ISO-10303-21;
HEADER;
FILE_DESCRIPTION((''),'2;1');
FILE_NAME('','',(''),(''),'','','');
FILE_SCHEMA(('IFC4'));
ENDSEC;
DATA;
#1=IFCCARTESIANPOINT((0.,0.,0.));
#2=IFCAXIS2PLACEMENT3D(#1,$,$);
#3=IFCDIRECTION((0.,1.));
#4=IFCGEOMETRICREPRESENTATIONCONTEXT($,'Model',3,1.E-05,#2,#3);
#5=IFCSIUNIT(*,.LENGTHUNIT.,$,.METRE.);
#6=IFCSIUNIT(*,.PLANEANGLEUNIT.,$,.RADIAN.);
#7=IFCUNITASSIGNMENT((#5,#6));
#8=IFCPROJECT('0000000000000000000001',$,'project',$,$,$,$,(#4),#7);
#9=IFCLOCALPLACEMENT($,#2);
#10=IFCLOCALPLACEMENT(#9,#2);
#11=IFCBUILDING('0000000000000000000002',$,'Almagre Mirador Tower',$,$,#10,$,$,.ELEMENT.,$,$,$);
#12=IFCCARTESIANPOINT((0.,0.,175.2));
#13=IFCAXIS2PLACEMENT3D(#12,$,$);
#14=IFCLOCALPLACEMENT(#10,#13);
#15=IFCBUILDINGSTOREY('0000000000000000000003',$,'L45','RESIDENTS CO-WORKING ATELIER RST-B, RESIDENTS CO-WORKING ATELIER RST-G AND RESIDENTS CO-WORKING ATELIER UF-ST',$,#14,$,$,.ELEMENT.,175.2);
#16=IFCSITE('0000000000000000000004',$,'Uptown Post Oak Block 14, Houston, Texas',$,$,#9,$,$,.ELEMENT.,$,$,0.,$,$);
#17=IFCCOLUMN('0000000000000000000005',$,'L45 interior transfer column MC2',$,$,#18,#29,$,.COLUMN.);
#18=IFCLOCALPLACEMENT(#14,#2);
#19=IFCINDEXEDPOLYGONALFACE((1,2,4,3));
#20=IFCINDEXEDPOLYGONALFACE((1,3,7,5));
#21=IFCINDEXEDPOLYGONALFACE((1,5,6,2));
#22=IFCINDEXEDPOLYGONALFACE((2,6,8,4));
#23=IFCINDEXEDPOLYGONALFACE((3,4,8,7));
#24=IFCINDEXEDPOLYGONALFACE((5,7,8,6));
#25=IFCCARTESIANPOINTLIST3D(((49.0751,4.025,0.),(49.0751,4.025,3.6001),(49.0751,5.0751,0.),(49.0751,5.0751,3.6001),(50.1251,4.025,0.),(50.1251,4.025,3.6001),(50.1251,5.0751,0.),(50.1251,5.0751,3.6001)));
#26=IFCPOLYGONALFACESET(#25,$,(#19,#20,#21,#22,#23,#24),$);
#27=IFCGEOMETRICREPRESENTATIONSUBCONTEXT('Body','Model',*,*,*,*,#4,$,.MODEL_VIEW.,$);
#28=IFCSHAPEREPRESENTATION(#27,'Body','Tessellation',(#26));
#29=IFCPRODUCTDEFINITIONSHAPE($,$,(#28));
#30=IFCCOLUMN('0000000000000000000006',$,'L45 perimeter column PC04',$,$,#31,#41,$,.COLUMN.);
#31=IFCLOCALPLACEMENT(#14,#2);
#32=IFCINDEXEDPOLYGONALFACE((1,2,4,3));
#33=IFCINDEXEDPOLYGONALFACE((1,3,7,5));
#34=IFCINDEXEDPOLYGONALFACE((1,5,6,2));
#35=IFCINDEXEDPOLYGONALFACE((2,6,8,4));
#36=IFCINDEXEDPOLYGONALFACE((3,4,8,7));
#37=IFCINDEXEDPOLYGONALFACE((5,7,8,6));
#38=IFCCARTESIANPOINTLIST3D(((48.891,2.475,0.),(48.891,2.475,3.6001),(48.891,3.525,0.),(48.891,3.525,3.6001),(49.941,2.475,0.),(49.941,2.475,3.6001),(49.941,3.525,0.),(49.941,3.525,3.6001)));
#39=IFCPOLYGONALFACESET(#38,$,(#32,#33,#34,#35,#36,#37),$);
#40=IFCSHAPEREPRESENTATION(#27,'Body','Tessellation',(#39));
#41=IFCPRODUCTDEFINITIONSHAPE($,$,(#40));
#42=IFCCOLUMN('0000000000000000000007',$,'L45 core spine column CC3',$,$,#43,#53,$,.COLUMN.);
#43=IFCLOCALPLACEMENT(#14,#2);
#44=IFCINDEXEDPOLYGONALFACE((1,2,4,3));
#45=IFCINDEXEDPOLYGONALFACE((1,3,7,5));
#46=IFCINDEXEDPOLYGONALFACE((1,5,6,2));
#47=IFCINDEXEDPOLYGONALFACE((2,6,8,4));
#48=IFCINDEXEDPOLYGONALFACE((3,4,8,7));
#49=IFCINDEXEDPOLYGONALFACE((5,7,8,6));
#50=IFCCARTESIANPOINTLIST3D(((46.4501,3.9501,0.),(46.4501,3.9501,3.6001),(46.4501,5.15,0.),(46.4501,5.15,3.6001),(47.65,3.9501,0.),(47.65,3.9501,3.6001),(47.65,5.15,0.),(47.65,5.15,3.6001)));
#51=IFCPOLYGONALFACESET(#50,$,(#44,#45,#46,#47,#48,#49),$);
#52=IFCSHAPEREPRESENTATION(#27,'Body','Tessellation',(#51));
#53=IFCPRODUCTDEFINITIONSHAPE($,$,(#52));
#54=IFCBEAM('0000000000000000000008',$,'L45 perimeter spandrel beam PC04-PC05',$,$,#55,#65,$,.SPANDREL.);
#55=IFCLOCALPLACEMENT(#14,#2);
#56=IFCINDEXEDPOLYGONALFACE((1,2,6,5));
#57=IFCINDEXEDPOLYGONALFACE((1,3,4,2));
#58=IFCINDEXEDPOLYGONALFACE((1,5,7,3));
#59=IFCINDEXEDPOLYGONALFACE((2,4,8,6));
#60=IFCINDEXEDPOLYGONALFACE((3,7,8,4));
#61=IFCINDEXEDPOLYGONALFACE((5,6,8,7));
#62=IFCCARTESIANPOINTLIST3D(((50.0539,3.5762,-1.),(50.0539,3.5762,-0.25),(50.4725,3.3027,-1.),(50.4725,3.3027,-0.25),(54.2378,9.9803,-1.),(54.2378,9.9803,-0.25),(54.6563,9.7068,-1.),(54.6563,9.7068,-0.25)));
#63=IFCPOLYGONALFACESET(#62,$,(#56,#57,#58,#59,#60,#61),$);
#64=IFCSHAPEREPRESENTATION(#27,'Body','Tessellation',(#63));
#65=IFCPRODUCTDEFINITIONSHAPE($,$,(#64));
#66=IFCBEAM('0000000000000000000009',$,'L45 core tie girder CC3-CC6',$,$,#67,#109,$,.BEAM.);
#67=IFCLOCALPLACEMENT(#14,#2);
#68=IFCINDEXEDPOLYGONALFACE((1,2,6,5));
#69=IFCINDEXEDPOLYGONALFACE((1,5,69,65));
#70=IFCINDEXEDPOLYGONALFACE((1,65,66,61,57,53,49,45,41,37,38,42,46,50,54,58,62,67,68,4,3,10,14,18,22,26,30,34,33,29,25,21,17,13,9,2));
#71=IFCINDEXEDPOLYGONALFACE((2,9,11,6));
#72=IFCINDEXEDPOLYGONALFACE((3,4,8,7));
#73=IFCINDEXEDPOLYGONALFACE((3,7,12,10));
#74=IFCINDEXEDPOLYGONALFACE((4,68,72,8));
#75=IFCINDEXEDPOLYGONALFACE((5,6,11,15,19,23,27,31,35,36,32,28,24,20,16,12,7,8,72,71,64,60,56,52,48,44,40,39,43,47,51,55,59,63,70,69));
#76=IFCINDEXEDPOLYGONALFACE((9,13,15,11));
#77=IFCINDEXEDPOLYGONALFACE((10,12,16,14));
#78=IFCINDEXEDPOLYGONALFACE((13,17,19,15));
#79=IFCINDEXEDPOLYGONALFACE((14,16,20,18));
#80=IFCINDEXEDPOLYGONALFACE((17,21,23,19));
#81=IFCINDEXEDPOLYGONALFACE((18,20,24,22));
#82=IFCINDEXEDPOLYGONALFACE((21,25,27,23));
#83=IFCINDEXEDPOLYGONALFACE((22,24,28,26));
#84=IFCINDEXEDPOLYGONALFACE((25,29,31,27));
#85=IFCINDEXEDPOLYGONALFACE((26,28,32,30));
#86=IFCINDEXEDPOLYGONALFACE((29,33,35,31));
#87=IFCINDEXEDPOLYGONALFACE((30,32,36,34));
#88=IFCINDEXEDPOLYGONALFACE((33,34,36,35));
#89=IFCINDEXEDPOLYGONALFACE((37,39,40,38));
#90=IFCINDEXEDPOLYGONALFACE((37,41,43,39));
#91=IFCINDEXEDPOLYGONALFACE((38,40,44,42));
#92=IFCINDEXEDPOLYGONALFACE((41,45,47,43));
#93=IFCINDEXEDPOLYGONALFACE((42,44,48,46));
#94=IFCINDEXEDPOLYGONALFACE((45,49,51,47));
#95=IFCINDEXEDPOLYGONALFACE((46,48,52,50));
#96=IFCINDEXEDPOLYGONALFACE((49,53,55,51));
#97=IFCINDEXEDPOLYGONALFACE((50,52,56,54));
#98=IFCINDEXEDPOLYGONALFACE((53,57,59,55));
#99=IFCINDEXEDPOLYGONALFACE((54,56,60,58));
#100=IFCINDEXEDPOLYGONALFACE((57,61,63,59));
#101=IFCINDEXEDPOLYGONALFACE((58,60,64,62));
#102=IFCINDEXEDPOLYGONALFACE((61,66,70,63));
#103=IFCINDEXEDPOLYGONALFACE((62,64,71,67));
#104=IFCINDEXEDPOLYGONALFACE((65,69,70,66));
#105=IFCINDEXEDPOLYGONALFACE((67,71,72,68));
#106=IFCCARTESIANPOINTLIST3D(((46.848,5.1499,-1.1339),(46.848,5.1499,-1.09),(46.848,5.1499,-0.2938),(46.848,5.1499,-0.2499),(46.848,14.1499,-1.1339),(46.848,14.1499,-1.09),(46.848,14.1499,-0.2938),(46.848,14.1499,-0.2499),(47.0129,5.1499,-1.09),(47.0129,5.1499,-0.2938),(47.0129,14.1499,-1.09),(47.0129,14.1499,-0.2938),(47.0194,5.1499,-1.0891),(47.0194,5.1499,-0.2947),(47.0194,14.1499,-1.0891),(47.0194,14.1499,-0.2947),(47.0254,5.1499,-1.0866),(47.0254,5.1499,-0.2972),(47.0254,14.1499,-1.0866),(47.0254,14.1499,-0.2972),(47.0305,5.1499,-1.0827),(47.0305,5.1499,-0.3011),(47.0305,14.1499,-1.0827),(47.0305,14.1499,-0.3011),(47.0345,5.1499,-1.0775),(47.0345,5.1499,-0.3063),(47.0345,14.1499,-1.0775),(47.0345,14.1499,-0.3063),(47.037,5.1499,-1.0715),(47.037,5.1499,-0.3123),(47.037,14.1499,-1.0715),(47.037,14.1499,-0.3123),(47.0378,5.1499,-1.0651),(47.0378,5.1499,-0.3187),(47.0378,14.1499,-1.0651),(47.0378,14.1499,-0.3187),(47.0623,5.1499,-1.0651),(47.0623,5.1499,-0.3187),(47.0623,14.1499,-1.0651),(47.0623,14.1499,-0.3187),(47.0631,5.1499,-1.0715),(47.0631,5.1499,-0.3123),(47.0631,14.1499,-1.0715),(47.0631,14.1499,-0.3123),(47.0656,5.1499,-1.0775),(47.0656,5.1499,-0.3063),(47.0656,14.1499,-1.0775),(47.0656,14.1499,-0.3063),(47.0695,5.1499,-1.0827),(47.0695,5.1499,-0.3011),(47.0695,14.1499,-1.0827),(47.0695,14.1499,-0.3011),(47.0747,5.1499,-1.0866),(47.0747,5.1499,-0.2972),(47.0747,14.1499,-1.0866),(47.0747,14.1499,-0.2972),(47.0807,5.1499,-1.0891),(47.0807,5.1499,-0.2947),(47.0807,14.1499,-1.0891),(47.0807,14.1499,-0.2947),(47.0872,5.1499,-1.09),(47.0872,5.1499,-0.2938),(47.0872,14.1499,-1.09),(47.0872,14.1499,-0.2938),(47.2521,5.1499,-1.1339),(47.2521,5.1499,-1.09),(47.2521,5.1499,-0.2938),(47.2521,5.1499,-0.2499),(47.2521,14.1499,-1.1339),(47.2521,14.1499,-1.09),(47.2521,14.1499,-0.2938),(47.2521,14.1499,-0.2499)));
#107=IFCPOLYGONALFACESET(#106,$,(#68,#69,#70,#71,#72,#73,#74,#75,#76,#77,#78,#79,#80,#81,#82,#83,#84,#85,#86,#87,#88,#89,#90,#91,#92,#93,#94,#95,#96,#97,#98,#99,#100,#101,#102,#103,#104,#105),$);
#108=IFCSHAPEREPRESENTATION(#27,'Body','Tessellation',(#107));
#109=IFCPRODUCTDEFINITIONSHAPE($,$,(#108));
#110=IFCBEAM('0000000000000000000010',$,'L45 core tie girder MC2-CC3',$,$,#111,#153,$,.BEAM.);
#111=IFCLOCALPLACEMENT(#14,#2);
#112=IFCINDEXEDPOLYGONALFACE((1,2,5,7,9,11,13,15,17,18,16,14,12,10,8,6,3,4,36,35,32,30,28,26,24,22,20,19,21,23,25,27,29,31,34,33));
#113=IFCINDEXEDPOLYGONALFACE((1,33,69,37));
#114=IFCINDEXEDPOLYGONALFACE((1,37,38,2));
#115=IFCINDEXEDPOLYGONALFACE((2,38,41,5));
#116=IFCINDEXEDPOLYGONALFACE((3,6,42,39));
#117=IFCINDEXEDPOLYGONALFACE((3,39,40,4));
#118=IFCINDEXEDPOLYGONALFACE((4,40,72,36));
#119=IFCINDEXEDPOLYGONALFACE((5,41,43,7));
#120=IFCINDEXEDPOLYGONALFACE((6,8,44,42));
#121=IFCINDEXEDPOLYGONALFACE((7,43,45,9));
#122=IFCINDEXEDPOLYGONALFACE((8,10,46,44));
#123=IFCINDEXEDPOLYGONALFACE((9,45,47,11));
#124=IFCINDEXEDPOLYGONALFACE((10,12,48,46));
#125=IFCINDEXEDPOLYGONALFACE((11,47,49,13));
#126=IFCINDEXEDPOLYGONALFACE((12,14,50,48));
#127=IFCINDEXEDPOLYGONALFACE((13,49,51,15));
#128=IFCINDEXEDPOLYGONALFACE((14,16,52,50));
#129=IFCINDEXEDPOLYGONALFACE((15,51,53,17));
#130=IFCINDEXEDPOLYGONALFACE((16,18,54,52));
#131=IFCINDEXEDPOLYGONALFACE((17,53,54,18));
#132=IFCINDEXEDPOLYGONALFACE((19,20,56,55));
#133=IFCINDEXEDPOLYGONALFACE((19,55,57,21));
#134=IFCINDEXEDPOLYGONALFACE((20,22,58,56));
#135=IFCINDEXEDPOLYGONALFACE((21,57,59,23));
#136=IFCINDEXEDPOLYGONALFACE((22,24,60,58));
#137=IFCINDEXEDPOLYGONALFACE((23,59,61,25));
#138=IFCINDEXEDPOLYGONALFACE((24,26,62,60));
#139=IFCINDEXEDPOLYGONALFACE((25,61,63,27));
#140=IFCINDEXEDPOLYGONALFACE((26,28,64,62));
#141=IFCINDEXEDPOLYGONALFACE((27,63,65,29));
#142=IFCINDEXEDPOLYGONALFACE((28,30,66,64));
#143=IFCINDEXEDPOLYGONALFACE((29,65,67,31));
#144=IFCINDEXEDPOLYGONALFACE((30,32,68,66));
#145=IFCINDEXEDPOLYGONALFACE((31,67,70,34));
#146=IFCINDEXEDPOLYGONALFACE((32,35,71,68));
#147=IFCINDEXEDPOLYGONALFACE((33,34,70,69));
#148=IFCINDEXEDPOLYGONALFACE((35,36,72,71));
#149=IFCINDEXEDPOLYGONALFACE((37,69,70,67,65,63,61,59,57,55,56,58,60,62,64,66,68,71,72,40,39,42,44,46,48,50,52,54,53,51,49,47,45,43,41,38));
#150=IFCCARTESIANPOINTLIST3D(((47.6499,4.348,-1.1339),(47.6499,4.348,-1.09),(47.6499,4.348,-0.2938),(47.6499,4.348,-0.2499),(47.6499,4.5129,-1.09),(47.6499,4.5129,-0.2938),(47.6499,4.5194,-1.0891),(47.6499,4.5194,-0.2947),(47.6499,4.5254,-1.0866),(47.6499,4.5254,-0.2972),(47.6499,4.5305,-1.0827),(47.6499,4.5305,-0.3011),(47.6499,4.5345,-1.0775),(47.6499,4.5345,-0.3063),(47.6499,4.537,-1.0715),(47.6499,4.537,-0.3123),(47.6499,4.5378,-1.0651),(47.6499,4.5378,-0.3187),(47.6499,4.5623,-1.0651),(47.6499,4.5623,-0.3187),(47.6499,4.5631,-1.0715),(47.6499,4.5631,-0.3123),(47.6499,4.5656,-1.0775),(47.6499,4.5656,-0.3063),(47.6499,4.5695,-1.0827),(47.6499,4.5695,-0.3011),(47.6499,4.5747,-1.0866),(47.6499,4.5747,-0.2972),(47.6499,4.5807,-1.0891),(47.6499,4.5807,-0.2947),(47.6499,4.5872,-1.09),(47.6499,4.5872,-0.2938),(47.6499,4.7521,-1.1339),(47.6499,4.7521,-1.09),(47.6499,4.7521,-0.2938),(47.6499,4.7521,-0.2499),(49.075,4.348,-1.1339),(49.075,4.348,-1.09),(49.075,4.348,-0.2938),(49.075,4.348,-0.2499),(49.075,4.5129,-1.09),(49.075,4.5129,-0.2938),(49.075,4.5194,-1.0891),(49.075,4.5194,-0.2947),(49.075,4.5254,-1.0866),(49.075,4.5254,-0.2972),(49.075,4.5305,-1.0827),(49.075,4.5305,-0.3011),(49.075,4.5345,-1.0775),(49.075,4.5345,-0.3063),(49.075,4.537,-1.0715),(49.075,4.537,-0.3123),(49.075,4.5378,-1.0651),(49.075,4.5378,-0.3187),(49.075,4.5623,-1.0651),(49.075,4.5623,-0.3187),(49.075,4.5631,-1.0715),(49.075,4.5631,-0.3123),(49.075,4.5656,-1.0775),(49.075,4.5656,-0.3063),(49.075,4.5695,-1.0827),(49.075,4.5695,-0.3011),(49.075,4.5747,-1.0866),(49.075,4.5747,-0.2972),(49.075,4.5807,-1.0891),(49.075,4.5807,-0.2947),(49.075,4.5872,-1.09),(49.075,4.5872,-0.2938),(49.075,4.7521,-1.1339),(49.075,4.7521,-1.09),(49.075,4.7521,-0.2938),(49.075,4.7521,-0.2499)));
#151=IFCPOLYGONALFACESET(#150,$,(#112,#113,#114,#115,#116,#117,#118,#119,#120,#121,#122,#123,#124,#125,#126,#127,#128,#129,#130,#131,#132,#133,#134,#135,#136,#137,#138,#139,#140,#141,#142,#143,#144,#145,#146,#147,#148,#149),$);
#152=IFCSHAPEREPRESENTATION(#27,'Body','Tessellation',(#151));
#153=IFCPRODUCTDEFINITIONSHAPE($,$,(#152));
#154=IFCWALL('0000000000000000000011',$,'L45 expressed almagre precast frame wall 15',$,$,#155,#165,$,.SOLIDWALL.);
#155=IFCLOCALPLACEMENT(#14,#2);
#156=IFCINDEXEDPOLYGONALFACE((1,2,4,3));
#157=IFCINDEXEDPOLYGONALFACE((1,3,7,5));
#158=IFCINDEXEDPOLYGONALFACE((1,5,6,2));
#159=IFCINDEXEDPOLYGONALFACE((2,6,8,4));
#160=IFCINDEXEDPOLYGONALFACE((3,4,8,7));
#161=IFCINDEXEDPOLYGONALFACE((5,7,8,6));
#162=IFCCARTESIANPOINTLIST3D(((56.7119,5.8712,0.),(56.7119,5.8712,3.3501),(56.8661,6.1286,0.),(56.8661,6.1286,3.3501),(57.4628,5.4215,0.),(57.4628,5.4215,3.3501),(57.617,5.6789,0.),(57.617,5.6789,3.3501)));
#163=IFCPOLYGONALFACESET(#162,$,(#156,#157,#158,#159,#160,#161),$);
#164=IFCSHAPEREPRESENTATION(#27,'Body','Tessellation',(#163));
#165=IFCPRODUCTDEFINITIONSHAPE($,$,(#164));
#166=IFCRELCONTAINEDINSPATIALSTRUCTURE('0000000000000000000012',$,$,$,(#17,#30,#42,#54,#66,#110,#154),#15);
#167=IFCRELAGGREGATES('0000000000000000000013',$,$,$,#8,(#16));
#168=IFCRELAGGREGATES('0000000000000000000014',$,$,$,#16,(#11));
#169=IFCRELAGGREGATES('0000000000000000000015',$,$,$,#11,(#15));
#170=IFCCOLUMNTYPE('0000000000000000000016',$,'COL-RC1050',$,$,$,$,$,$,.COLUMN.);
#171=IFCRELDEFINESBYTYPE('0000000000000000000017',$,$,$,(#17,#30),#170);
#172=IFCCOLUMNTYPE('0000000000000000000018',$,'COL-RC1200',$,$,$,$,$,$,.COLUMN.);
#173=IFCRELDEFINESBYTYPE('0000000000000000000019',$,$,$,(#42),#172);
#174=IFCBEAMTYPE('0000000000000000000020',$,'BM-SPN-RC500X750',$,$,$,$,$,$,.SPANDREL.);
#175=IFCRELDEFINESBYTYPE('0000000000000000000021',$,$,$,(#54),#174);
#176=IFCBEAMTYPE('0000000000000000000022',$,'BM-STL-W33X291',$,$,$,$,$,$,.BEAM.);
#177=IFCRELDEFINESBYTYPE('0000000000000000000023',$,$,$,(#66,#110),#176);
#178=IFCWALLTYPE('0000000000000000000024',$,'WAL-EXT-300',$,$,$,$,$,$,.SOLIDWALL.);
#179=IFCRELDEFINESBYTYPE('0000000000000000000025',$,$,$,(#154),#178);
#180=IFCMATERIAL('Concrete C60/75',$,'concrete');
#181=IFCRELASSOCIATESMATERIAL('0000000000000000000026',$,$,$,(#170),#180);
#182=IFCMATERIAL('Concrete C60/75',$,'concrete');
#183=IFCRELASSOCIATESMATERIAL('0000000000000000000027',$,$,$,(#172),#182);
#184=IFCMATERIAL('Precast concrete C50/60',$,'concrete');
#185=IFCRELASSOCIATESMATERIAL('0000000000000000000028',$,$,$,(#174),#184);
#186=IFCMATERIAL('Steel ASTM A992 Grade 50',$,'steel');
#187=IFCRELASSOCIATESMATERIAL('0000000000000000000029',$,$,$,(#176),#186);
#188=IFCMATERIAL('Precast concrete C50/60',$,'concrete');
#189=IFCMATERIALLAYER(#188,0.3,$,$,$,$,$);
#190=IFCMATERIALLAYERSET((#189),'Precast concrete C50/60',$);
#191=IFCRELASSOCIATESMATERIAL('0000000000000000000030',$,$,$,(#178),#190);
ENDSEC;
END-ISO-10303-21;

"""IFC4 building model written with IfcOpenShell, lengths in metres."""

from ifc_helpers import new_model, si_unit, direction, frame, frame_2d, origin, origin_2d, place, context, subcontext, project, spatial, rectangle, i_section, extrude, material, layer, layer_set, material_profile, profile_set, type_object, element, save


model = new_model("IFC4")

# Units and contexts
model_context = context("Model", 3, precision=1e-05, world=origin(), true_north=direction((0.0, 1.0)))
body_context = subcontext(model_context, "Body", "Model", "MODEL_VIEW")
ifc_project = project(units=[si_unit("LENGTHUNIT", "METRE"), si_unit("PLANEANGLEUNIT", "RADIAN")], contexts=[model_context])

# Site, building, storey
site_placement = place(None, origin())
site = spatial("IfcSite", under=ifc_project, at=site_placement, Name="Uptown Post Oak Block 14, Houston, Texas", CompositionType="ELEMENT", RefElevation=0.0)
building_placement = place(site_placement, origin())
building = spatial("IfcBuilding", under=site, at=building_placement, Name="Almagre Mirador Tower", CompositionType="ELEMENT")
storey_placement = place(building_placement, frame((0.0, 0.0, 175.2)))
storey = spatial("IfcBuildingStorey", under=building, at=storey_placement, Name="L45", Description="RESIDENTS CO-WORKING ATELIER RST-B, RESIDENTS CO-WORKING ATELIER RST-G AND RESIDENTS CO-WORKING ATELIER UF-ST", CompositionType="ELEMENT", Elevation=175.2)

# Columns
ifc_material_1 = material(Name="Concrete C60/75", Category="concrete")
ifc_material_profile_1 = material_profile(ifc_material_1, rectangle(XDim=1.05, YDim=1.05, at=origin_2d()), Name="RC1050X1050")
ifc_profile_set_1 = profile_set([ifc_material_profile_1], Name="Concrete C60/75")
column_type_1 = type_object("IfcColumnType", Name="COL-RC1050", PredefinedType="COLUMN", material=ifc_profile_set_1)
for number, where, z_axis, x_axis, name in (
    (1, (49.6001, 4.55, 0.0), (0.0, 0.0, 1.0), (1.0, 0.0, 0.0), "L45 interior transfer column MC2"),
    (2, (49.416, 3.0, 0.0), (0.0, 0.0, 1.0), (1.0, 0.0, 0.0), "L45 perimeter column PC04"),
):
    element("IfcColumn", number, at=place(storey_placement, frame(where, z_axis=z_axis, x_axis=x_axis)), inside=storey, type_object=column_type_1, Name=name, PredefinedType="COLUMN", context=body_context, shape_type="SweptSolid", body=[
        extrude(rectangle(XDim=1.05, YDim=1.05, at=origin_2d()), origin(), (0.0, 0.0, 1.0), 3.6001),
    ])
ifc_material_2 = material(Name="Concrete C60/75", Category="concrete")
ifc_material_profile_2 = material_profile(ifc_material_2, rectangle(XDim=1.2, YDim=1.2, at=origin_2d()), Name="RC1200X1200")
ifc_profile_set_2 = profile_set([ifc_material_profile_2], Name="Concrete C60/75")
column_type_2 = type_object("IfcColumnType", Name="COL-RC1200", PredefinedType="COLUMN", material=ifc_profile_set_2)
column_placement = place(storey_placement, frame((47.05, 4.55, 0.0), z_axis=(0.0, 0.0, 1.0), x_axis=(1.0, 0.0, 0.0)))
element("IfcColumn", 3, at=column_placement, inside=storey, type_object=column_type_2, Name="L45 core spine column CC3", PredefinedType="COLUMN", context=body_context, shape_type="SweptSolid", body=[
    extrude(rectangle(XDim=1.2, YDim=1.2, at=origin_2d()), origin(), (0.0, 0.0, 1.0), 3.6001),
])

# Beams
ifc_material_3 = material(Name="Precast concrete C50/60", Category="concrete")
ifc_material_profile_3 = material_profile(ifc_material_3, rectangle(XDim=0.5, YDim=0.75, at=origin_2d()), Name="RC500X750")
ifc_profile_set_3 = profile_set([ifc_material_profile_3], Name="Precast concrete C50/60")
beam_type_1 = type_object("IfcBeamType", Name="BM-SPN-RC500X750", PredefinedType="SPANDREL", material=ifc_profile_set_3)
beam_1_placement = place(storey_placement, frame((50.2632, 3.4395, -0.625), z_axis=(0.546935, 0.837175, 0.0), x_axis=(-0.837175, 0.546935, 0.0)))
element("IfcBeam", 4, at=beam_1_placement, inside=storey, type_object=beam_type_1, Name="L45 perimeter spandrel beam PC04-PC05", PredefinedType="SPANDREL", context=body_context, shape_type="SweptSolid", body=[
    extrude(rectangle(XDim=0.5, YDim=0.75, at=origin_2d()), origin(), (0.0, 0.0, 1.0), 7.6497),
])
ifc_material_4 = material(Name="Steel ASTM A992 Grade 50", Category="steel")
ifc_material_profile_4 = material_profile(ifc_material_4, i_section(OverallWidth=0.4041, OverallDepth=0.884, WebThickness=0.0244, FlangeThickness=0.0439, FilletRadius=0.0249, at=origin_2d()), Name="W33X291")
ifc_profile_set_4 = profile_set([ifc_material_profile_4], Name="Steel ASTM A992 Grade 50")
beam_type_2 = type_object("IfcBeamType", Name="BM-STL-W33X291", PredefinedType="BEAM", material=ifc_profile_set_4)
beam_2_placement = place(storey_placement, frame((47.05, 5.1499, -0.6919), z_axis=(0.0, 1.0, 0.0), x_axis=(-1.0, 0.0, 0.0)))
element("IfcBeam", 5, at=beam_2_placement, inside=storey, type_object=beam_type_2, Name="L45 core tie girder CC3-CC6", PredefinedType="BEAM", context=body_context, shape_type="SweptSolid", body=[
    extrude(i_section(OverallWidth=0.4041, OverallDepth=0.884, WebThickness=0.0244, FlangeThickness=0.0439, FilletRadius=0.0249, at=origin_2d()), origin(), (0.0, 0.0, 1.0), 9.0),
])
beam_3_placement = place(storey_placement, frame((49.075, 4.55, -0.6919), z_axis=(-1.0, 0.0, 0.0), x_axis=(0.0, -1.0, 0.0)))
element("IfcBeam", 6, at=beam_3_placement, inside=storey, type_object=beam_type_2, Name="L45 core tie girder MC2-CC3", PredefinedType="BEAM", context=body_context, shape_type="SweptSolid", body=[
    extrude(i_section(OverallWidth=0.4041, OverallDepth=0.884, WebThickness=0.0244, FlangeThickness=0.0439, FilletRadius=0.0249, at=origin_2d()), origin(), (0.0, 0.0, 1.0), 1.425),
])

# Wall
ifc_material_5 = material(Name="Precast concrete C50/60", Category="concrete")
ifc_layer_1 = layer(ifc_material_5, 0.3)
ifc_layer_set_1 = layer_set([ifc_layer_1], Name="Precast concrete C50/60")
wall_type_1 = type_object("IfcWallType", Name="WAL-EXT-300", PredefinedType="SOLIDWALL", material=ifc_layer_set_1)
wall_1_placement = place(storey_placement, frame((57.5398, 5.5503, 0.0), z_axis=(0.0, 0.0, 1.0), x_axis=(-0.857936, 0.513757, 0.0)))
element("IfcWall", 7, at=wall_1_placement, inside=storey, type_object=wall_type_1, Name="L45 expressed almagre precast frame wall 15", PredefinedType="SOLIDWALL", context=body_context, shape_type="SweptSolid", body=[
    extrude(rectangle(XDim=0.8752, YDim=0.3, at=frame_2d((0.4375, 0.0))), origin(), (0.0, 0.0, 1.0), 3.3501),
])

save(model, "model.ifc")
